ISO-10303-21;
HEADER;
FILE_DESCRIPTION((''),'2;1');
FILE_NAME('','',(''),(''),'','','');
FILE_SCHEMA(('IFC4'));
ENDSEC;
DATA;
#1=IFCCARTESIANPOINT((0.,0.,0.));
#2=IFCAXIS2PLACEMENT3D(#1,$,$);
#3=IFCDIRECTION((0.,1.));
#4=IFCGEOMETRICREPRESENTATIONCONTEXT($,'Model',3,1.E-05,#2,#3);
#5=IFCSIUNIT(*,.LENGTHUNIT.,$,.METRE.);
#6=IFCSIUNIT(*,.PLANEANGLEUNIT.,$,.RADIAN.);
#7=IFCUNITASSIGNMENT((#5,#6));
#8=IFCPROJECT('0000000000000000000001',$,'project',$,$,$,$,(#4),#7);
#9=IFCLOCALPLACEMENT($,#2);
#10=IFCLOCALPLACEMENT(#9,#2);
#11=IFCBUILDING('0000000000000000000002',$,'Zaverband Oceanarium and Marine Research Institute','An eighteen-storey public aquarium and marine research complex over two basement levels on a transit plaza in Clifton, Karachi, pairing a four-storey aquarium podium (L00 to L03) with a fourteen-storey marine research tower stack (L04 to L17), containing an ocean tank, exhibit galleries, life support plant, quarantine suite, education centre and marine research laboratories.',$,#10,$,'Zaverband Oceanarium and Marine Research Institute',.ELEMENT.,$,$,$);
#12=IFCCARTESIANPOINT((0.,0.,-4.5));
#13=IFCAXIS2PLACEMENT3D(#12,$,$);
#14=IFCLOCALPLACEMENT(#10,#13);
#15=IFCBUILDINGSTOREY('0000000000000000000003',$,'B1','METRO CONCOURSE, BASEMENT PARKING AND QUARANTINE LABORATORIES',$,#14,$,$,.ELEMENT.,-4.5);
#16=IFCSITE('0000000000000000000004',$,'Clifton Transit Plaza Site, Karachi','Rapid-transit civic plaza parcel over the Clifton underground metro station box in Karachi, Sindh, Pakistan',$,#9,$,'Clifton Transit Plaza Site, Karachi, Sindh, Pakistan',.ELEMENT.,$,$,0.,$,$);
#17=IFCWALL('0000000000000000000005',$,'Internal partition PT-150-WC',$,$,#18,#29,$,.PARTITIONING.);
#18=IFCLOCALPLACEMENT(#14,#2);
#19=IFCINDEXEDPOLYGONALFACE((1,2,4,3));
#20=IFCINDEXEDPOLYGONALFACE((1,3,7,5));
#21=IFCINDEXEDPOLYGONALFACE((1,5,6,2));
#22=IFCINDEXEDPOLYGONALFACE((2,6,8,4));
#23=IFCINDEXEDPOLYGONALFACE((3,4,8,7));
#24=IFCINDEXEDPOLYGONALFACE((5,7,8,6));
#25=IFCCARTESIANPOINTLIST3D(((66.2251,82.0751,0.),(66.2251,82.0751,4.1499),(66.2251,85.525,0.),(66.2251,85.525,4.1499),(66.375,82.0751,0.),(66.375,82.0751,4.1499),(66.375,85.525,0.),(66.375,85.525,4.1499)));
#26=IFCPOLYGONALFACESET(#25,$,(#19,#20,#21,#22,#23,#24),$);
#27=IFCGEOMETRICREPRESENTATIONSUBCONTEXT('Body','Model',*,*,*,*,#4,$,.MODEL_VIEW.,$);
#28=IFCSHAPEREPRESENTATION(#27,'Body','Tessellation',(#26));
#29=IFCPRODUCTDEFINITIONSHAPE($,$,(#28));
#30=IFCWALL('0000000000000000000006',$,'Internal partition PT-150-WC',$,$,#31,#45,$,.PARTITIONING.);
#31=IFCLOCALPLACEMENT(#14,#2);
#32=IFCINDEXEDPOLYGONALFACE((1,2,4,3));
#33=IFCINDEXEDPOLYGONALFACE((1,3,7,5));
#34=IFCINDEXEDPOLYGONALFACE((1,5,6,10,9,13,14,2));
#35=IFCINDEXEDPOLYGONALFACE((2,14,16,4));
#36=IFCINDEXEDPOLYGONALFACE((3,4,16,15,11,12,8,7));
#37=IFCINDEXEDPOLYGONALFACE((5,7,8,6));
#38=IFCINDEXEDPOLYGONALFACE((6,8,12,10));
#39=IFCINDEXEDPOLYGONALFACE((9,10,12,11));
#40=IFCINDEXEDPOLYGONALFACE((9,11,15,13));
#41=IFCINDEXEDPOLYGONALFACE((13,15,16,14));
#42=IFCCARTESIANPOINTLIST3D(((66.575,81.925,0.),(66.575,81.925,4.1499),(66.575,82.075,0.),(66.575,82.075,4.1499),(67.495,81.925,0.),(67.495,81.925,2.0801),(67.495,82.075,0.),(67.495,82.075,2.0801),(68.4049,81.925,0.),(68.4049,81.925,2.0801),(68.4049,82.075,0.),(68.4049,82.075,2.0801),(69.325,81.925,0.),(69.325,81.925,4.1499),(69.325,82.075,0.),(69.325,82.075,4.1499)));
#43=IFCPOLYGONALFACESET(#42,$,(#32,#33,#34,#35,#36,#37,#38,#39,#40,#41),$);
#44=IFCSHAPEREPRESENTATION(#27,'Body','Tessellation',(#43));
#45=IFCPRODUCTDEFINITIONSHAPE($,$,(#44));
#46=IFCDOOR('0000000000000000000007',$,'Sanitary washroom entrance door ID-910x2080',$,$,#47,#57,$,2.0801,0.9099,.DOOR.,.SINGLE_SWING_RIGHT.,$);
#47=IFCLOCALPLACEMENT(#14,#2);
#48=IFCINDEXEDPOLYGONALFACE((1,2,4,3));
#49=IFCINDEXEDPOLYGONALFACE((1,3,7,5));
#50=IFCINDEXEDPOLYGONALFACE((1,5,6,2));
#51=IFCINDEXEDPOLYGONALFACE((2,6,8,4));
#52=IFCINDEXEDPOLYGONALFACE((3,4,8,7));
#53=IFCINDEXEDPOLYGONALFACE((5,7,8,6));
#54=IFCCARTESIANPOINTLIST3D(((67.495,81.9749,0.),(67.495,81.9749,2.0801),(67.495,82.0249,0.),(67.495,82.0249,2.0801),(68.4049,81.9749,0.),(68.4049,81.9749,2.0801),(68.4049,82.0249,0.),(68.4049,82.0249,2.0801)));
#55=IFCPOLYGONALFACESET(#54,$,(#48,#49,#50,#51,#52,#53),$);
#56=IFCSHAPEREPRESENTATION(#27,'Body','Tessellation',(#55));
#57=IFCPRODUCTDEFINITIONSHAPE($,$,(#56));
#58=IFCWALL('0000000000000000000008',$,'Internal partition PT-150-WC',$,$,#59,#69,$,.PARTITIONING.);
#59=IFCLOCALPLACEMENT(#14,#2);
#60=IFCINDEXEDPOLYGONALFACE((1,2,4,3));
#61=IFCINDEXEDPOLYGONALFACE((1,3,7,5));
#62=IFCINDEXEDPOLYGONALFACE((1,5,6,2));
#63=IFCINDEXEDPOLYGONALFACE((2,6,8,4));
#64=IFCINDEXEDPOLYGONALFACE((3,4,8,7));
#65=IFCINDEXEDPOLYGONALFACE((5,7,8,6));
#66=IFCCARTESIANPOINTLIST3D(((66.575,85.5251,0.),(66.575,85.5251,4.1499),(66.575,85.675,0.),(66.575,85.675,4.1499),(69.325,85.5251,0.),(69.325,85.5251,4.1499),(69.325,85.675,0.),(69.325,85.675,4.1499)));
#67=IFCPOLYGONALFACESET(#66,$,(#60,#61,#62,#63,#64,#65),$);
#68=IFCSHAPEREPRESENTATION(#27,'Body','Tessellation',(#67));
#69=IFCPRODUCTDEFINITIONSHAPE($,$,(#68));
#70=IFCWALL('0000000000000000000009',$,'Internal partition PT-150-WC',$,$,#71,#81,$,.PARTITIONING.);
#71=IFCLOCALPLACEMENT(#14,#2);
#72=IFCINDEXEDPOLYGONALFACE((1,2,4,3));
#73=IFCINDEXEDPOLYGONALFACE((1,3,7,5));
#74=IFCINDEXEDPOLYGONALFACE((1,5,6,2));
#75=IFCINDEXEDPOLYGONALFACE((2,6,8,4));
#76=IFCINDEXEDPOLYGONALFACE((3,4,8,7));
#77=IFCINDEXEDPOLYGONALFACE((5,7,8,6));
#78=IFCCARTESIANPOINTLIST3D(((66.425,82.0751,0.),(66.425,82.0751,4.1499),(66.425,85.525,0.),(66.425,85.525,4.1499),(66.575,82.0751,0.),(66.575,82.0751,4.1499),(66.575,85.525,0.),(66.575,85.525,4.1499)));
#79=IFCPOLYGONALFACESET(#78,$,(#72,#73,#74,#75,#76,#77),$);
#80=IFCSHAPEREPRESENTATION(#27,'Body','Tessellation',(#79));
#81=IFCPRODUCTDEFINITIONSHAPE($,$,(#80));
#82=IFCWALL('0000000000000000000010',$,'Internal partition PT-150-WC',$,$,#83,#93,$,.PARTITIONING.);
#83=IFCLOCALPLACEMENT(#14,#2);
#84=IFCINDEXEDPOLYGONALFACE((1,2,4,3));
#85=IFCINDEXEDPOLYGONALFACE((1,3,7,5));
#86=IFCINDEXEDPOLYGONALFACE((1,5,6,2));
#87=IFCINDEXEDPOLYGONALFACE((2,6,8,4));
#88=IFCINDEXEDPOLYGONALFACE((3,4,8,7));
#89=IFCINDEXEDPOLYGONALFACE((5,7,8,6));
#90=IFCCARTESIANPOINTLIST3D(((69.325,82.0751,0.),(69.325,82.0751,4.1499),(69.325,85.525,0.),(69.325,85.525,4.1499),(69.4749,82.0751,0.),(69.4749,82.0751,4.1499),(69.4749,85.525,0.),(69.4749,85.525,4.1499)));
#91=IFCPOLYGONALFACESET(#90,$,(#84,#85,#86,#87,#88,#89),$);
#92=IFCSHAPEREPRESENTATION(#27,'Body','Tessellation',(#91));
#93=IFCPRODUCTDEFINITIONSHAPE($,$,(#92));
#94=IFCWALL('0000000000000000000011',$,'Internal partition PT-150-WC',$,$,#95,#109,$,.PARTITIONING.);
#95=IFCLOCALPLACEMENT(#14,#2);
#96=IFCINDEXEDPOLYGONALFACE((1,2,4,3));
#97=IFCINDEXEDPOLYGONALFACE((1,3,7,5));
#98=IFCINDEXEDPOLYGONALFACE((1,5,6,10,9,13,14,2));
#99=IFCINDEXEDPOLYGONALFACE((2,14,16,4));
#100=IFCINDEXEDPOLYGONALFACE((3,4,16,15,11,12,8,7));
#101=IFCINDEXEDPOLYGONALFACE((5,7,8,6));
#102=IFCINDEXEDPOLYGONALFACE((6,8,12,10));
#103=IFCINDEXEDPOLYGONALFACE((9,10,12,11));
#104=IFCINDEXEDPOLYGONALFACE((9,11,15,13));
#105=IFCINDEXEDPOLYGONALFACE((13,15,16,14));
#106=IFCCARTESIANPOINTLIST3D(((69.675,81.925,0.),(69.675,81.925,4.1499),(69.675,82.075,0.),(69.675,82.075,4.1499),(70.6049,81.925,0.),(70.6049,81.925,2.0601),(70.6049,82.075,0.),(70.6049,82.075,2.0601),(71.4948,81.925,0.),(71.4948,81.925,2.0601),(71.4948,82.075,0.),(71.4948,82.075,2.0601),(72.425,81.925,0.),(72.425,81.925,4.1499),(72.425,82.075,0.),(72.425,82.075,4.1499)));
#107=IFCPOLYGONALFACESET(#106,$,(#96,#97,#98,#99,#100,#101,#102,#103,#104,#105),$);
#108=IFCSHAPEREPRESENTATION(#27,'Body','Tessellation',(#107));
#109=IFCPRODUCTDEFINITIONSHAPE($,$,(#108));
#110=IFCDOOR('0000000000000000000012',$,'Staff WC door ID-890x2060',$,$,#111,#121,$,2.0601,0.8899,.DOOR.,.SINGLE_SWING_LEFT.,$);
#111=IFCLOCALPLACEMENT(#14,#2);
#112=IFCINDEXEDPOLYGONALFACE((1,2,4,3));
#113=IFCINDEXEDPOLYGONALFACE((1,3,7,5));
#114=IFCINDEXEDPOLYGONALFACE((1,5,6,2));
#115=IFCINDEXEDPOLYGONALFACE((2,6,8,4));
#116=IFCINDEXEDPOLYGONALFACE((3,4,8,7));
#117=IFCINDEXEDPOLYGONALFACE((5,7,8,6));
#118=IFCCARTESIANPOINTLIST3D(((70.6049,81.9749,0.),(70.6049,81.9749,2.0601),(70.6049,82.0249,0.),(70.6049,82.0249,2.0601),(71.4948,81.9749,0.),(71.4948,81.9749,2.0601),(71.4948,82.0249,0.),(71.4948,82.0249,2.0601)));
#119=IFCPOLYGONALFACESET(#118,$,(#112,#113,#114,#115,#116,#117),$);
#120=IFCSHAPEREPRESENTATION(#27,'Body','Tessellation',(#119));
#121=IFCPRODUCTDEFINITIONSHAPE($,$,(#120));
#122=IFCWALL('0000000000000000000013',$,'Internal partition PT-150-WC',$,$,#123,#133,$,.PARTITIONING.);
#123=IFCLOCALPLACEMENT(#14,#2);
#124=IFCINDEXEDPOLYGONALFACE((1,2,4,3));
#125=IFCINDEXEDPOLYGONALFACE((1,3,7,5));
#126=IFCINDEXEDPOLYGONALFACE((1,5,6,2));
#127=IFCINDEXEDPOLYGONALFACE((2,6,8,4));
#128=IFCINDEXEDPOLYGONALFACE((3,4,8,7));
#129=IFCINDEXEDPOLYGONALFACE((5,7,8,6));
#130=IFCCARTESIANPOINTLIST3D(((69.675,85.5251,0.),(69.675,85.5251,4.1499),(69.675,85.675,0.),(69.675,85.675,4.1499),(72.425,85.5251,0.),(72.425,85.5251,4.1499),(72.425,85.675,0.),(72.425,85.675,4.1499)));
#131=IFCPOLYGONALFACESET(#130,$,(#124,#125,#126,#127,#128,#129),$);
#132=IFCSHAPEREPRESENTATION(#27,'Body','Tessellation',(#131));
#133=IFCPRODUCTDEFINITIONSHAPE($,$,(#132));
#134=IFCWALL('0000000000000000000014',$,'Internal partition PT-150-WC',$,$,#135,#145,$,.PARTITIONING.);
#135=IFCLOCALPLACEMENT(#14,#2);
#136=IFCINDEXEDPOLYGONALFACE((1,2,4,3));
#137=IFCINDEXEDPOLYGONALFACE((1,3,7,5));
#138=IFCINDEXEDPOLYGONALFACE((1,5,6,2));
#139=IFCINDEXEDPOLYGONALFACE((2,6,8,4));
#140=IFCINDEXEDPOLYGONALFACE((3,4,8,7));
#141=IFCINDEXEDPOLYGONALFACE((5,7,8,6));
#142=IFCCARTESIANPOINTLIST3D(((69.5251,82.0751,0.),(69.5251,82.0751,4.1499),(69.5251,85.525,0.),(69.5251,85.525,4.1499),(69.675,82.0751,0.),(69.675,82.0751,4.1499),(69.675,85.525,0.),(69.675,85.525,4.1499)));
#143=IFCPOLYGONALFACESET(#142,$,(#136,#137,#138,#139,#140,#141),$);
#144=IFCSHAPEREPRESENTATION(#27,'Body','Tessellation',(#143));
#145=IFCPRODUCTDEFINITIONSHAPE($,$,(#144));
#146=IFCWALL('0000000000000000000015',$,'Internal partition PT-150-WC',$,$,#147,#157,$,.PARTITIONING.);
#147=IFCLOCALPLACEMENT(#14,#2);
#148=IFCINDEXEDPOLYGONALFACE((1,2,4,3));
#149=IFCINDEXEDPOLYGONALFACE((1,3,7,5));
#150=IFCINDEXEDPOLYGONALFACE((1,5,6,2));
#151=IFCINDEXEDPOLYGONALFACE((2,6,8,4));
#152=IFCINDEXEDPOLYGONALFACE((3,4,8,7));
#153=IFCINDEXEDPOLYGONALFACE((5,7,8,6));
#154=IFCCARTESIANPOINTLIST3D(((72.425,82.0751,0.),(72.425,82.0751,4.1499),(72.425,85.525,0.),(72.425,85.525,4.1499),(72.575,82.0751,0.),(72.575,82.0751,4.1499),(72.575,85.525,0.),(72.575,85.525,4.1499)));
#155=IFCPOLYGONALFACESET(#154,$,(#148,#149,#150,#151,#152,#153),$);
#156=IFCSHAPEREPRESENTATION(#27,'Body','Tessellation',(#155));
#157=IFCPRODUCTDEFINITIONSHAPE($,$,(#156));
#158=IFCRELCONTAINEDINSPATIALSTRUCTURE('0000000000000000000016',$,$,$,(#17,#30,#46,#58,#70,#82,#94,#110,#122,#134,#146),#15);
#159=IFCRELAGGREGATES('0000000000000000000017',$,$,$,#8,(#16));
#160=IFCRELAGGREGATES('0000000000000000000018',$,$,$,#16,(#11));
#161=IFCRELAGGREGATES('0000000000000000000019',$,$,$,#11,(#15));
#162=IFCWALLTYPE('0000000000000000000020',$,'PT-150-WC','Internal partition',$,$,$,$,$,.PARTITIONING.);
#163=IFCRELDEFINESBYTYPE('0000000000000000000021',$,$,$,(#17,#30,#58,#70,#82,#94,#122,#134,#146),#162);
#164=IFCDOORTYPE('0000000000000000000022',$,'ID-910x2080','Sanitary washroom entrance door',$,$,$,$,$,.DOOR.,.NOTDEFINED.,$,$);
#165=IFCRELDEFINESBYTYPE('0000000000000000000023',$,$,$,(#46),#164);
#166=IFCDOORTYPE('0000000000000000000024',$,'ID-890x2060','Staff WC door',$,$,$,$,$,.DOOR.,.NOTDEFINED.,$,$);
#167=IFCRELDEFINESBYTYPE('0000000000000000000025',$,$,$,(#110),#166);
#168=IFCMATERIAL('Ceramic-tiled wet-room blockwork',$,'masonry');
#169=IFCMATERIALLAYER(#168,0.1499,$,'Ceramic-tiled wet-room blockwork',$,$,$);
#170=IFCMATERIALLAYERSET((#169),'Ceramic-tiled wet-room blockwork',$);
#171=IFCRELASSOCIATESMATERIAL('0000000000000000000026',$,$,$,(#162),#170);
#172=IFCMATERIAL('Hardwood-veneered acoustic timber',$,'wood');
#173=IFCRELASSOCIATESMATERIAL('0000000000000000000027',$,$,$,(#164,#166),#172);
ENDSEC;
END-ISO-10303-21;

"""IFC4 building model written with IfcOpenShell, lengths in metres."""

from ifc_helpers import new_model, si_unit, direction, frame, frame_2d, origin, place, context, subcontext, project, spatial, rectangle, extrude, material, layer, layer_set, type_object, element, fill, save


model = new_model("IFC4")

# Units and contexts
model_context = context("Model", 3, precision=1e-05, world=origin(), true_north=direction((0.0, 1.0)))
body_context = subcontext(model_context, "Body", "Model", "MODEL_VIEW")
ifc_project = project(units=[si_unit("LENGTHUNIT", "METRE"), si_unit("PLANEANGLEUNIT", "RADIAN")], contexts=[model_context])

# Site, building, storey
site_placement = place(None, origin())
site = spatial("IfcSite", under=ifc_project, at=site_placement, Name="Clifton Transit Plaza Site, Karachi", Description="Rapid-transit civic plaza parcel over the Clifton underground metro station box in Karachi, Sindh, Pakistan", LongName="Clifton Transit Plaza Site, Karachi, Sindh, Pakistan", CompositionType="ELEMENT", RefElevation=0.0)
building_placement = place(site_placement, origin())
building = spatial("IfcBuilding", under=site, at=building_placement, Name="Zaverband Oceanarium and Marine Research Institute", Description="An eighteen-storey public aquarium and marine research complex over two basement levels on a transit plaza in Clifton, Karachi, pairing a four-storey aquarium podium (L00 to L03) with a fourteen-storey marine research tower stack (L04 to L17), containing an ocean tank, exhibit galleries, life support plant, quarantine suite, education centre and marine research laboratories.", LongName="Zaverband Oceanarium and Marine Research Institute", CompositionType="ELEMENT")
storey_placement = place(building_placement, frame((0.0, 0.0, -4.5)))
storey = spatial("IfcBuildingStorey", under=building, at=storey_placement, Name="B1", Description="METRO CONCOURSE, BASEMENT PARKING AND QUARANTINE LABORATORIES", CompositionType="ELEMENT", Elevation=-4.5)

# Shared definitions
ifc_material_1 = material(Name="Ceramic-tiled wet-room blockwork", Category="masonry")
ifc_layer = layer(ifc_material_1, 0.1499, Name="Ceramic-tiled wet-room blockwork")
ifc_layer_set = layer_set([ifc_layer], Name="Ceramic-tiled wet-room blockwork")
wall_type = type_object("IfcWallType", Name="PT-150-WC", Description="Internal partition", PredefinedType="PARTITIONING", material=ifc_layer_set)
ifc_material_2 = material(Name="Hardwood-veneered acoustic timber", Category="wood")

# Wall
wall_1_placement = place(storey_placement, frame((66.3, 82.075, 0.0), z_axis=(0.0, 0.0, 1.0), x_axis=(0.0, 1.0, 0.0)))
element("IfcWall", 1, at=wall_1_placement, inside=storey, type_object=wall_type, Name="Internal partition PT-150-WC", PredefinedType="PARTITIONING", context=body_context, shape_type="SweptSolid", body=[
    extrude(rectangle(XDim=3.45, YDim=0.1499, at=frame_2d((1.7251, 0.0))), origin(), (0.0, 0.0, 1.0), 4.1499),
])

# Wall, opening, door
wall_2_placement = place(storey_placement, frame((66.575, 82.0, 0.0), z_axis=(0.0, 0.0, 1.0), x_axis=(1.0, 0.0, 0.0)))
wall_2 = element("IfcWall", 2, at=wall_2_placement, inside=storey, type_object=wall_type, Name="Internal partition PT-150-WC", PredefinedType="PARTITIONING", context=body_context, shape_type="SweptSolid", body=[
    extrude(rectangle(XDim=2.75, YDim=0.1499, at=frame_2d((1.375, 0.0))), origin(), (0.0, 0.0, 1.0), 4.1499),
])
opening_1_placement = place(wall_2_placement, frame((0.9199, 0.0, 0.0)))
opening_1 = element("IfcOpeningElement", 3, at=opening_1_placement, cuts=wall_2, PredefinedType="OPENING", context=body_context, shape_type="SweptSolid", body=[
    extrude(rectangle(XDim=0.9099, YDim=2.0801, at=frame_2d((0.4551, 1.04))), frame((0.0, 0.0869, 0.0), z_axis=(0.0, -1.0, 0.0), x_axis=(1.0, 0.0, 0.0)), (0.0, 0.0, 1.0), 0.1738),
])
door_type_1 = type_object("IfcDoorType", Name="ID-910x2080", Description="Sanitary washroom entrance door", OperationType="NOTDEFINED", PredefinedType="DOOR", material=ifc_material_2)
door_1_placement = place(opening_1_placement, origin())
door_1 = element("IfcDoor", 4, at=door_1_placement, inside=storey, type_object=door_type_1, Name="Sanitary washroom entrance door ID-910x2080", OperationType="SINGLE_SWING_RIGHT", OverallHeight=2.0801, OverallWidth=0.9099, PredefinedType="DOOR", context=body_context, shape_type="SweptSolid", body=[
    extrude(rectangle(XDim=0.9099, YDim=2.0801, at=frame_2d((0.4551, 1.04))), frame((0.0, 0.0249, 0.0), z_axis=(0.0, -1.0, 0.0), x_axis=(1.0, 0.0, 0.0)), (0.0, 0.0, 1.0), 0.05),
])
fill(opening_1, door_1)

# Walls
wall_3_placement = place(storey_placement, frame((66.575, 85.6001, 0.0), z_axis=(0.0, 0.0, 1.0), x_axis=(1.0, 0.0, 0.0)))
element("IfcWall", 5, at=wall_3_placement, inside=storey, type_object=wall_type, Name="Internal partition PT-150-WC", PredefinedType="PARTITIONING", context=body_context, shape_type="SweptSolid", body=[
    extrude(rectangle(XDim=2.75, YDim=0.1499, at=frame_2d((1.375, 0.0))), origin(), (0.0, 0.0, 1.0), 4.1499),
])
for number, where, z_axis, x_axis, name in (
    (6, (66.5, 82.075, 0.0), (0.0, 0.0, 1.0), (0.0, 1.0, 0.0), "Internal partition PT-150-WC"),
    (7, (69.3999, 82.075, 0.0), (0.0, 0.0, 1.0), (0.0, 1.0, 0.0), "Internal partition PT-150-WC"),
):
    element("IfcWall", number, at=place(storey_placement, frame(where, z_axis=z_axis, x_axis=x_axis)), inside=storey, type_object=wall_type, Name=name, PredefinedType="PARTITIONING", context=body_context, shape_type="SweptSolid", body=[
        extrude(rectangle(XDim=3.45, YDim=0.1499, at=frame_2d((1.7251, 0.0))), origin(), (0.0, 0.0, 1.0), 4.1499),
    ])

# Wall, opening, door
wall_4_placement = place(storey_placement, frame((69.675, 82.0, 0.0), z_axis=(0.0, 0.0, 1.0), x_axis=(1.0, 0.0, 0.0)))
wall_4 = element("IfcWall", 8, at=wall_4_placement, inside=storey, type_object=wall_type, Name="Internal partition PT-150-WC", PredefinedType="PARTITIONING", context=body_context, shape_type="SweptSolid", body=[
    extrude(rectangle(XDim=2.75, YDim=0.1499, at=frame_2d((1.375, 0.0))), origin(), (0.0, 0.0, 1.0), 4.1499),
])
opening_2_placement = place(wall_4_placement, frame((0.9299, 0.0, 0.0)))
opening_2 = element("IfcOpeningElement", 9, at=opening_2_placement, cuts=wall_4, PredefinedType="OPENING", context=body_context, shape_type="SweptSolid", body=[
    extrude(rectangle(XDim=0.8899, YDim=2.0601, at=frame_2d((0.4448, 1.03))), frame((0.0, 0.0869, 0.0), z_axis=(0.0, -1.0, 0.0), x_axis=(1.0, 0.0, 0.0)), (0.0, 0.0, 1.0), 0.1738),
])
door_type_2 = type_object("IfcDoorType", Name="ID-890x2060", Description="Staff WC door", OperationType="NOTDEFINED", PredefinedType="DOOR", material=ifc_material_2)
door_2_placement = place(opening_2_placement, origin())
door_2 = element("IfcDoor", 10, at=door_2_placement, inside=storey, type_object=door_type_2, Name="Staff WC door ID-890x2060", OperationType="SINGLE_SWING_LEFT", OverallHeight=2.0601, OverallWidth=0.8899, PredefinedType="DOOR", context=body_context, shape_type="SweptSolid", body=[
    extrude(rectangle(XDim=0.8899, YDim=2.0601, at=frame_2d((0.4448, 1.03))), frame((0.0, 0.0249, 0.0), z_axis=(0.0, -1.0, 0.0), x_axis=(1.0, 0.0, 0.0)), (0.0, 0.0, 1.0), 0.05),
])
fill(opening_2, door_2)

# Walls
wall_5_placement = place(storey_placement, frame((69.675, 85.6001, 0.0), z_axis=(0.0, 0.0, 1.0), x_axis=(1.0, 0.0, 0.0)))
element("IfcWall", 11, at=wall_5_placement, inside=storey, type_object=wall_type, Name="Internal partition PT-150-WC", PredefinedType="PARTITIONING", context=body_context, shape_type="SweptSolid", body=[
    extrude(rectangle(XDim=2.75, YDim=0.1499, at=frame_2d((1.375, 0.0))), origin(), (0.0, 0.0, 1.0), 4.1499),
])
for number, where, z_axis, x_axis, name in (
    (12, (69.6001, 82.075, 0.0), (0.0, 0.0, 1.0), (0.0, 1.0, 0.0), "Internal partition PT-150-WC"),
    (13, (72.5, 82.075, 0.0), (0.0, 0.0, 1.0), (0.0, 1.0, 0.0), "Internal partition PT-150-WC"),
):
    element("IfcWall", number, at=place(storey_placement, frame(where, z_axis=z_axis, x_axis=x_axis)), inside=storey, type_object=wall_type, Name=name, PredefinedType="PARTITIONING", context=body_context, shape_type="SweptSolid", body=[
        extrude(rectangle(XDim=3.45, YDim=0.1499, at=frame_2d((1.7251, 0.0))), origin(), (0.0, 0.0, 1.0), 4.1499),
    ])

save(model, "model.ifc")
